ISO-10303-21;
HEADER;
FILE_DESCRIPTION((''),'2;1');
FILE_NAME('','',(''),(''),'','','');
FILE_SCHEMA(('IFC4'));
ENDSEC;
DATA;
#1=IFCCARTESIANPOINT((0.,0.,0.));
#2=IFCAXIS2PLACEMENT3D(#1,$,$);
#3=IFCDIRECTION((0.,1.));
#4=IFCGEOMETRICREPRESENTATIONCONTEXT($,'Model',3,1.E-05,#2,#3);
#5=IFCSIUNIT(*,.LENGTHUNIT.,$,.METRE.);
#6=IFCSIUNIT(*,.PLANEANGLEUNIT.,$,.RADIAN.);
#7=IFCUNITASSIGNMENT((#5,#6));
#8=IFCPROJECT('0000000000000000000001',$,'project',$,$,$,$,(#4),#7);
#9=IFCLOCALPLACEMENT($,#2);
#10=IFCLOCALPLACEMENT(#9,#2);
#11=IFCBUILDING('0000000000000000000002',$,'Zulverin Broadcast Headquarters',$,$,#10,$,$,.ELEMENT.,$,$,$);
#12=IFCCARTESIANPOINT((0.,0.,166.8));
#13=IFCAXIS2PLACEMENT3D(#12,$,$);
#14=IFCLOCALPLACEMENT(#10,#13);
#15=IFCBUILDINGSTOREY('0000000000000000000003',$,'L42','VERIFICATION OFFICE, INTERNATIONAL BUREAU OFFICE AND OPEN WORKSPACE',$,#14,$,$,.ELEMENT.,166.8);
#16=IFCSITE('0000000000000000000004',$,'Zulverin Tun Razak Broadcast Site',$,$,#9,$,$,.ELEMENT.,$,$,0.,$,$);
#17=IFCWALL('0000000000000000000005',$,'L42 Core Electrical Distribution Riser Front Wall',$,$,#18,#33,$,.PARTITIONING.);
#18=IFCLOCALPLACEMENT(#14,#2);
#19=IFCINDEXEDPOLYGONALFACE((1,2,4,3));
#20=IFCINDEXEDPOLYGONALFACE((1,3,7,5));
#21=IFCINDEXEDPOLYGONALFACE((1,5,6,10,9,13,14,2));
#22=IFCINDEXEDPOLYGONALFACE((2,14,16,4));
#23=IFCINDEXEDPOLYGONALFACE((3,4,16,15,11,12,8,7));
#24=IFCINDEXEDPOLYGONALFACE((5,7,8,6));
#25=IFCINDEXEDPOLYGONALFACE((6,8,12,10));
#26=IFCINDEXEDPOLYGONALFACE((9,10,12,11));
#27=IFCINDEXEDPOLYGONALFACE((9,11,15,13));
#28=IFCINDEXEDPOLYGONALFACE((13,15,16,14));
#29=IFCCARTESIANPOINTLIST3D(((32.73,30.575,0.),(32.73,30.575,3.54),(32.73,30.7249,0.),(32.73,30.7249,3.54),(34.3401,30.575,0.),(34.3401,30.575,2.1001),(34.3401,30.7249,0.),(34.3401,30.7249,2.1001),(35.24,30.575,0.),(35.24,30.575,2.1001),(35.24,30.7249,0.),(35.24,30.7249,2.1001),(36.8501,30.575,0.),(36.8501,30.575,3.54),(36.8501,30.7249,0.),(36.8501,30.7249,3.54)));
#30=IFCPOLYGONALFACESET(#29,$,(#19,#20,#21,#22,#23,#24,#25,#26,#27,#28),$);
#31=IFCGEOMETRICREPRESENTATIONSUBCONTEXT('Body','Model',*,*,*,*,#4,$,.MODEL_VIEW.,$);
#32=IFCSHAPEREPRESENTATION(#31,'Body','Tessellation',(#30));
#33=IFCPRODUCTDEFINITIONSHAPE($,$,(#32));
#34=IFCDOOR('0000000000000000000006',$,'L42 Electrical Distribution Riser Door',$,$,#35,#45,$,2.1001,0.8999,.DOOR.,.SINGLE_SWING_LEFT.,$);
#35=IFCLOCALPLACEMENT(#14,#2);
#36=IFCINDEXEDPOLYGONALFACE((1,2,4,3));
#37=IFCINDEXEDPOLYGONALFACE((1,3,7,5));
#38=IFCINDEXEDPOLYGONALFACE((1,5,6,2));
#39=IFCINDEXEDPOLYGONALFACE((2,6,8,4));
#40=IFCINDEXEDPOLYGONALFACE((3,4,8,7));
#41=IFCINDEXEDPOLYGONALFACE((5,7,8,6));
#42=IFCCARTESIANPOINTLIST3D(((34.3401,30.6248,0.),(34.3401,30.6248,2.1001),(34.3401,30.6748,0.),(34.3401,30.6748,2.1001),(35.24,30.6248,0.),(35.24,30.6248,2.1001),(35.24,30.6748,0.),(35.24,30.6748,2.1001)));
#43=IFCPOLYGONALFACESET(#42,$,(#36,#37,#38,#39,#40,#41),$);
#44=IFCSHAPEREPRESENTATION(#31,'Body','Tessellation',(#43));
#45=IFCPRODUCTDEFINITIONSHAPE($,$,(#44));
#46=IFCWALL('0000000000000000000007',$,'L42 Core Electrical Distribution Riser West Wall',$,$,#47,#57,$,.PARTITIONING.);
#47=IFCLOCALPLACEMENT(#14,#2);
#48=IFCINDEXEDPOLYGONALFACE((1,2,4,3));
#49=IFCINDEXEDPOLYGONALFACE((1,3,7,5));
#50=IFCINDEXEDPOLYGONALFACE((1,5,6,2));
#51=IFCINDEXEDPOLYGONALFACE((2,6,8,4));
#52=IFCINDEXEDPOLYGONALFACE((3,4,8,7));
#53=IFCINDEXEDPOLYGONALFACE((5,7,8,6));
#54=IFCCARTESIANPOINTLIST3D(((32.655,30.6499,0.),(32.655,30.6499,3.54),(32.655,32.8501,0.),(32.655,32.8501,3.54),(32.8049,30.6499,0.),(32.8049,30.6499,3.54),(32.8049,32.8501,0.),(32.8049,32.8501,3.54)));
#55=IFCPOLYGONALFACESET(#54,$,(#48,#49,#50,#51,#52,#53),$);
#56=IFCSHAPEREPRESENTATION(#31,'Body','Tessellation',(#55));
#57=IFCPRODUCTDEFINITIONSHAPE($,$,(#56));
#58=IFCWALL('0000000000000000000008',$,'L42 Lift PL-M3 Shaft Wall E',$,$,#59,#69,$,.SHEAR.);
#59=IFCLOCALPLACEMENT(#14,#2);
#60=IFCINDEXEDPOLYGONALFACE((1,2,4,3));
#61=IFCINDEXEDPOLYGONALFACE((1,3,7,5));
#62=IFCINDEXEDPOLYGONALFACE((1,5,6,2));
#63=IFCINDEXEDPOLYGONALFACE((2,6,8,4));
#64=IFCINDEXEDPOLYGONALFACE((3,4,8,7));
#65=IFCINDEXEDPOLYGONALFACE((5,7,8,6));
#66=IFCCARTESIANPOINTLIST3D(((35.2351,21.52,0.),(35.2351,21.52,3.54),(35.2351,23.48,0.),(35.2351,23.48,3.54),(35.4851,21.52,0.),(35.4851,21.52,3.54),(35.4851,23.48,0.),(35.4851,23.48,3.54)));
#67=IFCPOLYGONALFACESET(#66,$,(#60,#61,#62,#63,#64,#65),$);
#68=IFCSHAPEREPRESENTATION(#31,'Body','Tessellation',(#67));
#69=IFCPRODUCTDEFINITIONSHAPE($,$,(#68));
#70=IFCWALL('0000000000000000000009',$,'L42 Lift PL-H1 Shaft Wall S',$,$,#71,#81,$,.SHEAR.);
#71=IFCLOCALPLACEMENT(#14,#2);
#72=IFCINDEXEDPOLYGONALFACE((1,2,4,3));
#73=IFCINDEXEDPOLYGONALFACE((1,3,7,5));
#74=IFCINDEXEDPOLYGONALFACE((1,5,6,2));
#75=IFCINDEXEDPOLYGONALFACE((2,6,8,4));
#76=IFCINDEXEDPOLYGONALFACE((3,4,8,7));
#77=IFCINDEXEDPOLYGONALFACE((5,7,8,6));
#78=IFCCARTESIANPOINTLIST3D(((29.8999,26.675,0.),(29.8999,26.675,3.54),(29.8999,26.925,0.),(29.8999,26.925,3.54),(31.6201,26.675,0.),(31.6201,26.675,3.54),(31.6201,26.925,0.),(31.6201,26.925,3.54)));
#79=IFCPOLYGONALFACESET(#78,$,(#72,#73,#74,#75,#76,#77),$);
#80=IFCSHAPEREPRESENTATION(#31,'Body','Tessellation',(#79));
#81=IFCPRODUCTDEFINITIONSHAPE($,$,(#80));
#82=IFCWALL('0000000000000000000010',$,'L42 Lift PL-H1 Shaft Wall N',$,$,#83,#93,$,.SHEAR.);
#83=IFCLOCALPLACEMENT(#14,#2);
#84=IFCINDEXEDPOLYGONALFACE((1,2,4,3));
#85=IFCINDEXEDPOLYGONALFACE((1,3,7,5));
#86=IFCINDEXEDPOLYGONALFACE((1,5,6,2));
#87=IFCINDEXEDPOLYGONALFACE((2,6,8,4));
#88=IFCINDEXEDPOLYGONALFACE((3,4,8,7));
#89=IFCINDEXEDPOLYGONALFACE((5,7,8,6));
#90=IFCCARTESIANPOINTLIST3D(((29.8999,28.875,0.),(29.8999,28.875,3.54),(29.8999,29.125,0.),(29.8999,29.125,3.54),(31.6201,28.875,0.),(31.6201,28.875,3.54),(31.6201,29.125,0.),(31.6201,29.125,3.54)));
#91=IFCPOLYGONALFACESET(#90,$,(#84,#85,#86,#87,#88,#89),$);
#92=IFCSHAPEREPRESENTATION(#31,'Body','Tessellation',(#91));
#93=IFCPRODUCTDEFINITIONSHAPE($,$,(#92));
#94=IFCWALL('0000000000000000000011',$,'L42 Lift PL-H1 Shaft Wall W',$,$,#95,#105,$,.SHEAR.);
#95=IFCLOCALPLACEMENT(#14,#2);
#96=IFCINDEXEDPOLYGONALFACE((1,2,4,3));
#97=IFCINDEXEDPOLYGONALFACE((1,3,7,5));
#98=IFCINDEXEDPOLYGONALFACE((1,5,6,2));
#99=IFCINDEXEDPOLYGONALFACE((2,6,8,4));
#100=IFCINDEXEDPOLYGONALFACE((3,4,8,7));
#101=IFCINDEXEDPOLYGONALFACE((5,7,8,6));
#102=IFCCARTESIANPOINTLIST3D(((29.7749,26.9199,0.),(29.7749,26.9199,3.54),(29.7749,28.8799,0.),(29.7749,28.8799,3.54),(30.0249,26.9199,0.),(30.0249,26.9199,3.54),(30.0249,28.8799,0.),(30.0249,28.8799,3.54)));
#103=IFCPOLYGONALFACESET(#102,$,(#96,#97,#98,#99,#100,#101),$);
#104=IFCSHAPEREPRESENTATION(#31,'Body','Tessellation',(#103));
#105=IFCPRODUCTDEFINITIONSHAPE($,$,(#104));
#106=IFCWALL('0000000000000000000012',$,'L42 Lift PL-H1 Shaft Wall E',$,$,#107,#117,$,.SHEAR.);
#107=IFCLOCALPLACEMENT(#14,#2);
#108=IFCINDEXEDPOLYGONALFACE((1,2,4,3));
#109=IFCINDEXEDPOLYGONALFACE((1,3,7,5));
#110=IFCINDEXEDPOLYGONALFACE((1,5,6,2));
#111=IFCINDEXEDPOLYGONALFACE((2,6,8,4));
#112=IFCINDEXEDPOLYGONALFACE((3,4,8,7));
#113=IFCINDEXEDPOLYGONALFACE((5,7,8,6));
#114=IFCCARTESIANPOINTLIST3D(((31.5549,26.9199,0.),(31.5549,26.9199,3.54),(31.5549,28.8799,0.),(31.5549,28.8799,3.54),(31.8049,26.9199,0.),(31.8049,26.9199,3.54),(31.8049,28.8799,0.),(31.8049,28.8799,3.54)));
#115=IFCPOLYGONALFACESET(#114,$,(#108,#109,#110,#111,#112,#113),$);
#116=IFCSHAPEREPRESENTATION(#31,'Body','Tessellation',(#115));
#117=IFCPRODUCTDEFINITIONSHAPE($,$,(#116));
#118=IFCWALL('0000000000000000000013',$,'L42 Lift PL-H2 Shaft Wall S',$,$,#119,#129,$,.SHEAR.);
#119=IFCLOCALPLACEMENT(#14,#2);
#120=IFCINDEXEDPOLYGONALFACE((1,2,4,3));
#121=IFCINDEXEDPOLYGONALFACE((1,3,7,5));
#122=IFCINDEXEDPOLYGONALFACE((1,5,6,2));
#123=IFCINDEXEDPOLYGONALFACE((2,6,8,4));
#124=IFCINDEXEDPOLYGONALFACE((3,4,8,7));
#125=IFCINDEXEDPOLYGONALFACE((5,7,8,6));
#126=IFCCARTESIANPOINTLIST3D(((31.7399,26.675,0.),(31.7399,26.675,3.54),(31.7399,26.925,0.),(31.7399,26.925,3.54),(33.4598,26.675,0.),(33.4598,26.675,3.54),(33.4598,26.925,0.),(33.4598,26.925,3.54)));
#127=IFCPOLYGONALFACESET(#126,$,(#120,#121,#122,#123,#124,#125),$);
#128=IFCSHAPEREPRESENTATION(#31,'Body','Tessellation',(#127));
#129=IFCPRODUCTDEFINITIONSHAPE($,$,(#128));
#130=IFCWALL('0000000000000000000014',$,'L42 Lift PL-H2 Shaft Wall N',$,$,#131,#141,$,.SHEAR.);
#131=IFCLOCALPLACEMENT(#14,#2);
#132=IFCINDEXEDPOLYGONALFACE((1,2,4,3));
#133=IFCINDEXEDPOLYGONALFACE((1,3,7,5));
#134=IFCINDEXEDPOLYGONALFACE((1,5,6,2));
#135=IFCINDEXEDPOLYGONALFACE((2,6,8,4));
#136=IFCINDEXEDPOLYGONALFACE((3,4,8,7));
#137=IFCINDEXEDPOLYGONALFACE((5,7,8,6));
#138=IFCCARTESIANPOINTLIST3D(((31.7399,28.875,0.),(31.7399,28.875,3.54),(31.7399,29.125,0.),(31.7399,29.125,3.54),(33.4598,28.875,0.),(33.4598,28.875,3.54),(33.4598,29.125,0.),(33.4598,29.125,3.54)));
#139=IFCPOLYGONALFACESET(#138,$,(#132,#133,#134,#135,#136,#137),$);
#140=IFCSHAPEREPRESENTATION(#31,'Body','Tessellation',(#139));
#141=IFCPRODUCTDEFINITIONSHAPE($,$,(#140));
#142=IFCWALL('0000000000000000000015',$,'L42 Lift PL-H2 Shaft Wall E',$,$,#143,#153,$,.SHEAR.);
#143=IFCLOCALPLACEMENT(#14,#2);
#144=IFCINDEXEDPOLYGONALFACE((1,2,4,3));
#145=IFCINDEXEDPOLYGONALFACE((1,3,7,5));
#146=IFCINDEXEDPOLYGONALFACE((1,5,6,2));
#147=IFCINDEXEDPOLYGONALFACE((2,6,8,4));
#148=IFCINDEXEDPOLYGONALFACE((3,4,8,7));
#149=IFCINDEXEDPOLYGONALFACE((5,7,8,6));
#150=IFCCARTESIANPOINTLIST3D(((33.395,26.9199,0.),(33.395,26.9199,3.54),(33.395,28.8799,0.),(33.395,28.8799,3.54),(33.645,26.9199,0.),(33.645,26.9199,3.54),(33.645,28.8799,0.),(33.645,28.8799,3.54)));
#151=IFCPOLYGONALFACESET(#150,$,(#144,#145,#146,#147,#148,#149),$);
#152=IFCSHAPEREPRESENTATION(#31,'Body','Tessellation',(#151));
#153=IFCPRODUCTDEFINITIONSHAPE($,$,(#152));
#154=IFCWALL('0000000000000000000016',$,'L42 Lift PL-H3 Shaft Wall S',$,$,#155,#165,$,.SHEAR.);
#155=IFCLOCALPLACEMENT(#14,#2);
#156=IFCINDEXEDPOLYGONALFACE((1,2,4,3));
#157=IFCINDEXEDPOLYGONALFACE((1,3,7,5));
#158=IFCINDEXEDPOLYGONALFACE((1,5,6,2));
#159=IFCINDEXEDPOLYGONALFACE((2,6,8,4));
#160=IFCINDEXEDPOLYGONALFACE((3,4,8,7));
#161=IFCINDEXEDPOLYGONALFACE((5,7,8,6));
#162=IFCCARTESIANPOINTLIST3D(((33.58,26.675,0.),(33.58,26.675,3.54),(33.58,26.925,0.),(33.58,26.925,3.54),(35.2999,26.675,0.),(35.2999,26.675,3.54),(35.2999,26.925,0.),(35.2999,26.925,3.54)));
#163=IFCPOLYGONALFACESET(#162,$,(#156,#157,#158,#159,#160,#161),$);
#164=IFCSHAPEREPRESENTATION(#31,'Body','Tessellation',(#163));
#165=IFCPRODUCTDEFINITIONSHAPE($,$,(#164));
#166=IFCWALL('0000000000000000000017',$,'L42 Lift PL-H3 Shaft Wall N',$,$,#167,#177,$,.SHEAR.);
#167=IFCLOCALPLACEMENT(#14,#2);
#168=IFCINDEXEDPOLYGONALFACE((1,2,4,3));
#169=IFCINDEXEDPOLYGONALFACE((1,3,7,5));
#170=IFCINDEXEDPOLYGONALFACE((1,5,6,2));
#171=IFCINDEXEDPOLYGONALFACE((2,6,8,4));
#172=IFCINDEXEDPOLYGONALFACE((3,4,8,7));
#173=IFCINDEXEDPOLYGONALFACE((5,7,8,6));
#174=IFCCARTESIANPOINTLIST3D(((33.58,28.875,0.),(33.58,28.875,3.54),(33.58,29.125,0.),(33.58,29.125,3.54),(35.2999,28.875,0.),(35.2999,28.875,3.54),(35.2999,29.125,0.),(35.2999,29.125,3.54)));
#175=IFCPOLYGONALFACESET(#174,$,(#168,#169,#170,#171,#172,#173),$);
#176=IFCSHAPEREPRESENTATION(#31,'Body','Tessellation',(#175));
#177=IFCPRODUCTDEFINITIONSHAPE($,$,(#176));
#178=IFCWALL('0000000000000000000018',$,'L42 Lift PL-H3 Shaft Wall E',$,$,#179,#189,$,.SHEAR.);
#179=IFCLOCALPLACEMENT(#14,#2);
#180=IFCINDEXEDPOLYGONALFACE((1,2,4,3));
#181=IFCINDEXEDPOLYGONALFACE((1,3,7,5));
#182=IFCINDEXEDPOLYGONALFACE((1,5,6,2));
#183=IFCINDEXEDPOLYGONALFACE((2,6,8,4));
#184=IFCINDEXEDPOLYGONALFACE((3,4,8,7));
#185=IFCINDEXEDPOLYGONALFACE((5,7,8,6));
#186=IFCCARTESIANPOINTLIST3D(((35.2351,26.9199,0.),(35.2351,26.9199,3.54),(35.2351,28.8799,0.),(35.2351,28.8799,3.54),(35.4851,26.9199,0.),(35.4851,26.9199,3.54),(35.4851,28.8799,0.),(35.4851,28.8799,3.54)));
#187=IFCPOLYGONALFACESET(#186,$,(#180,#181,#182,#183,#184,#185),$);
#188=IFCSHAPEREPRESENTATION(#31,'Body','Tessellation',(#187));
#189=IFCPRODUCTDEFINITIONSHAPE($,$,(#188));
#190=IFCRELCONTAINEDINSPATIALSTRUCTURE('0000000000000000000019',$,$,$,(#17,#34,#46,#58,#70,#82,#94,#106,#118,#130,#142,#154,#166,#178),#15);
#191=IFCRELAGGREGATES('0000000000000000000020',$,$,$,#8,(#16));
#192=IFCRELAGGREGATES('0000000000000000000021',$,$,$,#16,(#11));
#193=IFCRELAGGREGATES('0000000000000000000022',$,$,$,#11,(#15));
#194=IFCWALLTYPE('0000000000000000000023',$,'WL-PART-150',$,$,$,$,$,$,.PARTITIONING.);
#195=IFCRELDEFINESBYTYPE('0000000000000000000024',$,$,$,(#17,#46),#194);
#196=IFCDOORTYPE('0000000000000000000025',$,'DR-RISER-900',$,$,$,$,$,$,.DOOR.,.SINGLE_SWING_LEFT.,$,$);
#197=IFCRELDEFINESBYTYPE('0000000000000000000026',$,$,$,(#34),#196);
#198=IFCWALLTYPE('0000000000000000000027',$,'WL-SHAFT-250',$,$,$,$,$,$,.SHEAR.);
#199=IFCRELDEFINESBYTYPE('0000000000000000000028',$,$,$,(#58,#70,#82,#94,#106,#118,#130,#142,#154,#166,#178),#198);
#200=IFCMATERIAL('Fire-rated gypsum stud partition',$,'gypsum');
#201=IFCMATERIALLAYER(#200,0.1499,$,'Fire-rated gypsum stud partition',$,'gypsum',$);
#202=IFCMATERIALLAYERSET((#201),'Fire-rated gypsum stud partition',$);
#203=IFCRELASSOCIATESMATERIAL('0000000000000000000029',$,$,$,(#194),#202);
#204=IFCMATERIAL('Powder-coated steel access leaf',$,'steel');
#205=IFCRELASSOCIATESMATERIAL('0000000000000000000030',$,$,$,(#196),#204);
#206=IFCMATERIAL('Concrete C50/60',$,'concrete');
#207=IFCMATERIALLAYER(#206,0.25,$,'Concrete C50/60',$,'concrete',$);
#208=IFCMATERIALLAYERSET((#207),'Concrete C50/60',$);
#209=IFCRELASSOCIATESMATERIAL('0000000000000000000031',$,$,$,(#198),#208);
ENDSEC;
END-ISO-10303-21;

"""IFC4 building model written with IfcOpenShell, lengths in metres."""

from ifc_helpers import new_model, si_unit, direction, frame, frame_2d, origin, place, context, subcontext, project, spatial, rectangle, extrude, material, layer, layer_set, type_object, element, fill, save


model = new_model("IFC4")

# Units and contexts
model_context = context("Model", 3, precision=1e-05, world=origin(), true_north=direction((0.0, 1.0)))
body_context = subcontext(model_context, "Body", "Model", "MODEL_VIEW")
ifc_project = project(units=[si_unit("LENGTHUNIT", "METRE"), si_unit("PLANEANGLEUNIT", "RADIAN")], contexts=[model_context])

# Site, building, storey
site_placement = place(None, origin())
site = spatial("IfcSite", under=ifc_project, at=site_placement, Name="Zulverin Tun Razak Broadcast Site", CompositionType="ELEMENT", RefElevation=0.0)
building_placement = place(site_placement, origin())
building = spatial("IfcBuilding", under=site, at=building_placement, Name="Zulverin Broadcast Headquarters", CompositionType="ELEMENT")
storey_placement = place(building_placement, frame((0.0, 0.0, 166.8)))
storey = spatial("IfcBuildingStorey", under=building, at=storey_placement, Name="L42", Description="VERIFICATION OFFICE, INTERNATIONAL BUREAU OFFICE AND OPEN WORKSPACE", CompositionType="ELEMENT", Elevation=166.8)

# Wall, opening, door
ifc_material_1 = material(Name="Fire-rated gypsum stud partition", Category="gypsum")
ifc_layer_1 = layer(ifc_material_1, 0.1499, Name="Fire-rated gypsum stud partition", Category="gypsum")
ifc_layer_set_1 = layer_set([ifc_layer_1], Name="Fire-rated gypsum stud partition")
wall_type_1 = type_object("IfcWallType", Name="WL-PART-150", PredefinedType="PARTITIONING", material=ifc_layer_set_1)
wall_1_placement = place(storey_placement, frame((32.73, 30.6499, 0.0), z_axis=(0.0, 0.0, 1.0), x_axis=(1.0, 0.0, 0.0)))
wall_1 = element("IfcWall", 1, at=wall_1_placement, inside=storey, type_object=wall_type_1, Name="L42 Core Electrical Distribution Riser Front Wall", PredefinedType="PARTITIONING", context=body_context, shape_type="SweptSolid", body=[
    extrude(rectangle(XDim=4.1201, YDim=0.1499, at=frame_2d((2.0601, 0.0))), origin(), (0.0, 0.0, 1.0), 3.54),
])
opening_1_placement = place(wall_1_placement, frame((1.6101, 0.0, 0.0)))
opening_1 = element("IfcOpeningElement", 2, at=opening_1_placement, cuts=wall_1, PredefinedType="OPENING", context=body_context, shape_type="SweptSolid", body=[
    extrude(rectangle(XDim=0.8999, YDim=2.1001, at=frame_2d((0.45, 1.05))), frame((0.0, 0.085, 0.0), z_axis=(0.0, -1.0, 0.0), x_axis=(1.0, 0.0, 0.0)), (0.0, 0.0, 1.0), 0.1699),
])
ifc_material_2 = material(Name="Powder-coated steel access leaf", Category="steel")
door_type_1 = type_object("IfcDoorType", Name="DR-RISER-900", OperationType="SINGLE_SWING_LEFT", PredefinedType="DOOR", material=ifc_material_2)
door_1_placement = place(opening_1_placement, origin())
door_1 = element("IfcDoor", 3, at=door_1_placement, inside=storey, type_object=door_type_1, Name="L42 Electrical Distribution Riser Door", OperationType="SINGLE_SWING_LEFT", OverallHeight=2.1001, OverallWidth=0.8999, PredefinedType="DOOR", context=body_context, shape_type="SweptSolid", body=[
    extrude(rectangle(XDim=0.8999, YDim=2.1001, at=frame_2d((0.45, 1.05))), frame((0.0, 0.0249, 0.0), z_axis=(0.0, -1.0, 0.0), x_axis=(1.0, 0.0, 0.0)), (0.0, 0.0, 1.0), 0.05),
])
fill(opening_1, door_1)

# Wall
wall_2_placement = place(storey_placement, frame((32.73, 30.6499, 0.0), z_axis=(0.0, 0.0, 1.0), x_axis=(0.0, 1.0, 0.0)))
element("IfcWall", 4, at=wall_2_placement, inside=storey, type_object=wall_type_1, Name="L42 Core Electrical Distribution Riser West Wall", PredefinedType="PARTITIONING", context=body_context, shape_type="SweptSolid", body=[
    extrude(rectangle(XDim=2.2002, YDim=0.1499, at=frame_2d((1.1001, 0.0))), origin(), (0.0, 0.0, 1.0), 3.54),
])

# Shared definitions
ifc_material_3 = material(Name="Concrete C50/60", Category="concrete")
ifc_layer_2 = layer(ifc_material_3, 0.25, Name="Concrete C50/60", Category="concrete")
ifc_layer_set_2 = layer_set([ifc_layer_2], Name="Concrete C50/60")
wall_type_2 = type_object("IfcWallType", Name="WL-SHAFT-250", PredefinedType="SHEAR", material=ifc_layer_set_2)

# Walls
wall_3_placement = place(storey_placement, frame((35.3601, 21.52, 0.0), z_axis=(0.0, 0.0, 1.0), x_axis=(0.0, 1.0, 0.0)))
element("IfcWall", 5, at=wall_3_placement, inside=storey, type_object=wall_type_2, Name="L42 Lift PL-M3 Shaft Wall E", PredefinedType="SHEAR", context=body_context, shape_type="SweptSolid", body=[
    extrude(rectangle(XDim=1.96, YDim=0.25, at=frame_2d((0.98, 0.0))), origin(), (0.0, 0.0, 1.0), 3.54),
])
for number, where, z_axis, x_axis, name in (
    (6, (29.8999, 26.8, 0.0), (0.0, 0.0, 1.0), (1.0, 0.0, 0.0), "L42 Lift PL-H1 Shaft Wall S"),
    (7, (29.8999, 29.0, 0.0), (0.0, 0.0, 1.0), (1.0, 0.0, 0.0), "L42 Lift PL-H1 Shaft Wall N"),
):
    element("IfcWall", number, at=place(storey_placement, frame(where, z_axis=z_axis, x_axis=x_axis)), inside=storey, type_object=wall_type_2, Name=name, PredefinedType="SHEAR", context=body_context, shape_type="SweptSolid", body=[
        extrude(rectangle(XDim=1.7202, YDim=0.25, at=frame_2d((0.8601, 0.0))), origin(), (0.0, 0.0, 1.0), 3.54),
    ])
for number, where, z_axis, x_axis, name in (
    (8, (29.8999, 26.9199, 0.0), (0.0, 0.0, 1.0), (0.0, 1.0, 0.0), "L42 Lift PL-H1 Shaft Wall W"),
    (9, (31.6799, 26.9199, 0.0), (0.0, 0.0, 1.0), (0.0, 1.0, 0.0), "L42 Lift PL-H1 Shaft Wall E"),
):
    element("IfcWall", number, at=place(storey_placement, frame(where, z_axis=z_axis, x_axis=x_axis)), inside=storey, type_object=wall_type_2, Name=name, PredefinedType="SHEAR", context=body_context, shape_type="SweptSolid", body=[
        extrude(rectangle(XDim=1.96, YDim=0.25, at=frame_2d((0.98, 0.0))), origin(), (0.0, 0.0, 1.0), 3.54),
    ])
for number, where, z_axis, x_axis, name in (
    (10, (31.74, 26.8, 0.0), (0.0, 0.0, 1.0), (1.0, 0.0, 0.0), "L42 Lift PL-H2 Shaft Wall S"),
    (11, (31.74, 29.0, 0.0), (0.0, 0.0, 1.0), (1.0, 0.0, 0.0), "L42 Lift PL-H2 Shaft Wall N"),
):
    element("IfcWall", number, at=place(storey_placement, frame(where, z_axis=z_axis, x_axis=x_axis)), inside=storey, type_object=wall_type_2, Name=name, PredefinedType="SHEAR", context=body_context, shape_type="SweptSolid", body=[
        extrude(rectangle(XDim=1.72, YDim=0.25, at=frame_2d((0.8599, 0.0))), origin(), (0.0, 0.0, 1.0), 3.54),
    ])
wall_4_placement = place(storey_placement, frame((33.52, 26.9199, 0.0), z_axis=(0.0, 0.0, 1.0), x_axis=(0.0, 1.0, 0.0)))
element("IfcWall", 12, at=wall_4_placement, inside=storey, type_object=wall_type_2, Name="L42 Lift PL-H2 Shaft Wall E", PredefinedType="SHEAR", context=body_context, shape_type="SweptSolid", body=[
    extrude(rectangle(XDim=1.96, YDim=0.25, at=frame_2d((0.98, 0.0))), origin(), (0.0, 0.0, 1.0), 3.54),
])
for number, where, z_axis, x_axis, name in (
    (13, (33.5801, 26.8, 0.0), (0.0, 0.0, 1.0), (1.0, 0.0, 0.0), "L42 Lift PL-H3 Shaft Wall S"),
    (14, (33.5801, 29.0, 0.0), (0.0, 0.0, 1.0), (1.0, 0.0, 0.0), "L42 Lift PL-H3 Shaft Wall N"),
):
    element("IfcWall", number, at=place(storey_placement, frame(where, z_axis=z_axis, x_axis=x_axis)), inside=storey, type_object=wall_type_2, Name=name, PredefinedType="SHEAR", context=body_context, shape_type="SweptSolid", body=[
        extrude(rectangle(XDim=1.72, YDim=0.25, at=frame_2d((0.8599, 0.0))), origin(), (0.0, 0.0, 1.0), 3.54),
    ])
wall_5_placement = place(storey_placement, frame((35.3601, 26.9199, 0.0), z_axis=(0.0, 0.0, 1.0), x_axis=(0.0, 1.0, 0.0)))
element("IfcWall", 15, at=wall_5_placement, inside=storey, type_object=wall_type_2, Name="L42 Lift PL-H3 Shaft Wall E", PredefinedType="SHEAR", context=body_context, shape_type="SweptSolid", body=[
    extrude(rectangle(XDim=1.96, YDim=0.25, at=frame_2d((0.98, 0.0))), origin(), (0.0, 0.0, 1.0), 3.54),
])

save(model, "model.ifc")
